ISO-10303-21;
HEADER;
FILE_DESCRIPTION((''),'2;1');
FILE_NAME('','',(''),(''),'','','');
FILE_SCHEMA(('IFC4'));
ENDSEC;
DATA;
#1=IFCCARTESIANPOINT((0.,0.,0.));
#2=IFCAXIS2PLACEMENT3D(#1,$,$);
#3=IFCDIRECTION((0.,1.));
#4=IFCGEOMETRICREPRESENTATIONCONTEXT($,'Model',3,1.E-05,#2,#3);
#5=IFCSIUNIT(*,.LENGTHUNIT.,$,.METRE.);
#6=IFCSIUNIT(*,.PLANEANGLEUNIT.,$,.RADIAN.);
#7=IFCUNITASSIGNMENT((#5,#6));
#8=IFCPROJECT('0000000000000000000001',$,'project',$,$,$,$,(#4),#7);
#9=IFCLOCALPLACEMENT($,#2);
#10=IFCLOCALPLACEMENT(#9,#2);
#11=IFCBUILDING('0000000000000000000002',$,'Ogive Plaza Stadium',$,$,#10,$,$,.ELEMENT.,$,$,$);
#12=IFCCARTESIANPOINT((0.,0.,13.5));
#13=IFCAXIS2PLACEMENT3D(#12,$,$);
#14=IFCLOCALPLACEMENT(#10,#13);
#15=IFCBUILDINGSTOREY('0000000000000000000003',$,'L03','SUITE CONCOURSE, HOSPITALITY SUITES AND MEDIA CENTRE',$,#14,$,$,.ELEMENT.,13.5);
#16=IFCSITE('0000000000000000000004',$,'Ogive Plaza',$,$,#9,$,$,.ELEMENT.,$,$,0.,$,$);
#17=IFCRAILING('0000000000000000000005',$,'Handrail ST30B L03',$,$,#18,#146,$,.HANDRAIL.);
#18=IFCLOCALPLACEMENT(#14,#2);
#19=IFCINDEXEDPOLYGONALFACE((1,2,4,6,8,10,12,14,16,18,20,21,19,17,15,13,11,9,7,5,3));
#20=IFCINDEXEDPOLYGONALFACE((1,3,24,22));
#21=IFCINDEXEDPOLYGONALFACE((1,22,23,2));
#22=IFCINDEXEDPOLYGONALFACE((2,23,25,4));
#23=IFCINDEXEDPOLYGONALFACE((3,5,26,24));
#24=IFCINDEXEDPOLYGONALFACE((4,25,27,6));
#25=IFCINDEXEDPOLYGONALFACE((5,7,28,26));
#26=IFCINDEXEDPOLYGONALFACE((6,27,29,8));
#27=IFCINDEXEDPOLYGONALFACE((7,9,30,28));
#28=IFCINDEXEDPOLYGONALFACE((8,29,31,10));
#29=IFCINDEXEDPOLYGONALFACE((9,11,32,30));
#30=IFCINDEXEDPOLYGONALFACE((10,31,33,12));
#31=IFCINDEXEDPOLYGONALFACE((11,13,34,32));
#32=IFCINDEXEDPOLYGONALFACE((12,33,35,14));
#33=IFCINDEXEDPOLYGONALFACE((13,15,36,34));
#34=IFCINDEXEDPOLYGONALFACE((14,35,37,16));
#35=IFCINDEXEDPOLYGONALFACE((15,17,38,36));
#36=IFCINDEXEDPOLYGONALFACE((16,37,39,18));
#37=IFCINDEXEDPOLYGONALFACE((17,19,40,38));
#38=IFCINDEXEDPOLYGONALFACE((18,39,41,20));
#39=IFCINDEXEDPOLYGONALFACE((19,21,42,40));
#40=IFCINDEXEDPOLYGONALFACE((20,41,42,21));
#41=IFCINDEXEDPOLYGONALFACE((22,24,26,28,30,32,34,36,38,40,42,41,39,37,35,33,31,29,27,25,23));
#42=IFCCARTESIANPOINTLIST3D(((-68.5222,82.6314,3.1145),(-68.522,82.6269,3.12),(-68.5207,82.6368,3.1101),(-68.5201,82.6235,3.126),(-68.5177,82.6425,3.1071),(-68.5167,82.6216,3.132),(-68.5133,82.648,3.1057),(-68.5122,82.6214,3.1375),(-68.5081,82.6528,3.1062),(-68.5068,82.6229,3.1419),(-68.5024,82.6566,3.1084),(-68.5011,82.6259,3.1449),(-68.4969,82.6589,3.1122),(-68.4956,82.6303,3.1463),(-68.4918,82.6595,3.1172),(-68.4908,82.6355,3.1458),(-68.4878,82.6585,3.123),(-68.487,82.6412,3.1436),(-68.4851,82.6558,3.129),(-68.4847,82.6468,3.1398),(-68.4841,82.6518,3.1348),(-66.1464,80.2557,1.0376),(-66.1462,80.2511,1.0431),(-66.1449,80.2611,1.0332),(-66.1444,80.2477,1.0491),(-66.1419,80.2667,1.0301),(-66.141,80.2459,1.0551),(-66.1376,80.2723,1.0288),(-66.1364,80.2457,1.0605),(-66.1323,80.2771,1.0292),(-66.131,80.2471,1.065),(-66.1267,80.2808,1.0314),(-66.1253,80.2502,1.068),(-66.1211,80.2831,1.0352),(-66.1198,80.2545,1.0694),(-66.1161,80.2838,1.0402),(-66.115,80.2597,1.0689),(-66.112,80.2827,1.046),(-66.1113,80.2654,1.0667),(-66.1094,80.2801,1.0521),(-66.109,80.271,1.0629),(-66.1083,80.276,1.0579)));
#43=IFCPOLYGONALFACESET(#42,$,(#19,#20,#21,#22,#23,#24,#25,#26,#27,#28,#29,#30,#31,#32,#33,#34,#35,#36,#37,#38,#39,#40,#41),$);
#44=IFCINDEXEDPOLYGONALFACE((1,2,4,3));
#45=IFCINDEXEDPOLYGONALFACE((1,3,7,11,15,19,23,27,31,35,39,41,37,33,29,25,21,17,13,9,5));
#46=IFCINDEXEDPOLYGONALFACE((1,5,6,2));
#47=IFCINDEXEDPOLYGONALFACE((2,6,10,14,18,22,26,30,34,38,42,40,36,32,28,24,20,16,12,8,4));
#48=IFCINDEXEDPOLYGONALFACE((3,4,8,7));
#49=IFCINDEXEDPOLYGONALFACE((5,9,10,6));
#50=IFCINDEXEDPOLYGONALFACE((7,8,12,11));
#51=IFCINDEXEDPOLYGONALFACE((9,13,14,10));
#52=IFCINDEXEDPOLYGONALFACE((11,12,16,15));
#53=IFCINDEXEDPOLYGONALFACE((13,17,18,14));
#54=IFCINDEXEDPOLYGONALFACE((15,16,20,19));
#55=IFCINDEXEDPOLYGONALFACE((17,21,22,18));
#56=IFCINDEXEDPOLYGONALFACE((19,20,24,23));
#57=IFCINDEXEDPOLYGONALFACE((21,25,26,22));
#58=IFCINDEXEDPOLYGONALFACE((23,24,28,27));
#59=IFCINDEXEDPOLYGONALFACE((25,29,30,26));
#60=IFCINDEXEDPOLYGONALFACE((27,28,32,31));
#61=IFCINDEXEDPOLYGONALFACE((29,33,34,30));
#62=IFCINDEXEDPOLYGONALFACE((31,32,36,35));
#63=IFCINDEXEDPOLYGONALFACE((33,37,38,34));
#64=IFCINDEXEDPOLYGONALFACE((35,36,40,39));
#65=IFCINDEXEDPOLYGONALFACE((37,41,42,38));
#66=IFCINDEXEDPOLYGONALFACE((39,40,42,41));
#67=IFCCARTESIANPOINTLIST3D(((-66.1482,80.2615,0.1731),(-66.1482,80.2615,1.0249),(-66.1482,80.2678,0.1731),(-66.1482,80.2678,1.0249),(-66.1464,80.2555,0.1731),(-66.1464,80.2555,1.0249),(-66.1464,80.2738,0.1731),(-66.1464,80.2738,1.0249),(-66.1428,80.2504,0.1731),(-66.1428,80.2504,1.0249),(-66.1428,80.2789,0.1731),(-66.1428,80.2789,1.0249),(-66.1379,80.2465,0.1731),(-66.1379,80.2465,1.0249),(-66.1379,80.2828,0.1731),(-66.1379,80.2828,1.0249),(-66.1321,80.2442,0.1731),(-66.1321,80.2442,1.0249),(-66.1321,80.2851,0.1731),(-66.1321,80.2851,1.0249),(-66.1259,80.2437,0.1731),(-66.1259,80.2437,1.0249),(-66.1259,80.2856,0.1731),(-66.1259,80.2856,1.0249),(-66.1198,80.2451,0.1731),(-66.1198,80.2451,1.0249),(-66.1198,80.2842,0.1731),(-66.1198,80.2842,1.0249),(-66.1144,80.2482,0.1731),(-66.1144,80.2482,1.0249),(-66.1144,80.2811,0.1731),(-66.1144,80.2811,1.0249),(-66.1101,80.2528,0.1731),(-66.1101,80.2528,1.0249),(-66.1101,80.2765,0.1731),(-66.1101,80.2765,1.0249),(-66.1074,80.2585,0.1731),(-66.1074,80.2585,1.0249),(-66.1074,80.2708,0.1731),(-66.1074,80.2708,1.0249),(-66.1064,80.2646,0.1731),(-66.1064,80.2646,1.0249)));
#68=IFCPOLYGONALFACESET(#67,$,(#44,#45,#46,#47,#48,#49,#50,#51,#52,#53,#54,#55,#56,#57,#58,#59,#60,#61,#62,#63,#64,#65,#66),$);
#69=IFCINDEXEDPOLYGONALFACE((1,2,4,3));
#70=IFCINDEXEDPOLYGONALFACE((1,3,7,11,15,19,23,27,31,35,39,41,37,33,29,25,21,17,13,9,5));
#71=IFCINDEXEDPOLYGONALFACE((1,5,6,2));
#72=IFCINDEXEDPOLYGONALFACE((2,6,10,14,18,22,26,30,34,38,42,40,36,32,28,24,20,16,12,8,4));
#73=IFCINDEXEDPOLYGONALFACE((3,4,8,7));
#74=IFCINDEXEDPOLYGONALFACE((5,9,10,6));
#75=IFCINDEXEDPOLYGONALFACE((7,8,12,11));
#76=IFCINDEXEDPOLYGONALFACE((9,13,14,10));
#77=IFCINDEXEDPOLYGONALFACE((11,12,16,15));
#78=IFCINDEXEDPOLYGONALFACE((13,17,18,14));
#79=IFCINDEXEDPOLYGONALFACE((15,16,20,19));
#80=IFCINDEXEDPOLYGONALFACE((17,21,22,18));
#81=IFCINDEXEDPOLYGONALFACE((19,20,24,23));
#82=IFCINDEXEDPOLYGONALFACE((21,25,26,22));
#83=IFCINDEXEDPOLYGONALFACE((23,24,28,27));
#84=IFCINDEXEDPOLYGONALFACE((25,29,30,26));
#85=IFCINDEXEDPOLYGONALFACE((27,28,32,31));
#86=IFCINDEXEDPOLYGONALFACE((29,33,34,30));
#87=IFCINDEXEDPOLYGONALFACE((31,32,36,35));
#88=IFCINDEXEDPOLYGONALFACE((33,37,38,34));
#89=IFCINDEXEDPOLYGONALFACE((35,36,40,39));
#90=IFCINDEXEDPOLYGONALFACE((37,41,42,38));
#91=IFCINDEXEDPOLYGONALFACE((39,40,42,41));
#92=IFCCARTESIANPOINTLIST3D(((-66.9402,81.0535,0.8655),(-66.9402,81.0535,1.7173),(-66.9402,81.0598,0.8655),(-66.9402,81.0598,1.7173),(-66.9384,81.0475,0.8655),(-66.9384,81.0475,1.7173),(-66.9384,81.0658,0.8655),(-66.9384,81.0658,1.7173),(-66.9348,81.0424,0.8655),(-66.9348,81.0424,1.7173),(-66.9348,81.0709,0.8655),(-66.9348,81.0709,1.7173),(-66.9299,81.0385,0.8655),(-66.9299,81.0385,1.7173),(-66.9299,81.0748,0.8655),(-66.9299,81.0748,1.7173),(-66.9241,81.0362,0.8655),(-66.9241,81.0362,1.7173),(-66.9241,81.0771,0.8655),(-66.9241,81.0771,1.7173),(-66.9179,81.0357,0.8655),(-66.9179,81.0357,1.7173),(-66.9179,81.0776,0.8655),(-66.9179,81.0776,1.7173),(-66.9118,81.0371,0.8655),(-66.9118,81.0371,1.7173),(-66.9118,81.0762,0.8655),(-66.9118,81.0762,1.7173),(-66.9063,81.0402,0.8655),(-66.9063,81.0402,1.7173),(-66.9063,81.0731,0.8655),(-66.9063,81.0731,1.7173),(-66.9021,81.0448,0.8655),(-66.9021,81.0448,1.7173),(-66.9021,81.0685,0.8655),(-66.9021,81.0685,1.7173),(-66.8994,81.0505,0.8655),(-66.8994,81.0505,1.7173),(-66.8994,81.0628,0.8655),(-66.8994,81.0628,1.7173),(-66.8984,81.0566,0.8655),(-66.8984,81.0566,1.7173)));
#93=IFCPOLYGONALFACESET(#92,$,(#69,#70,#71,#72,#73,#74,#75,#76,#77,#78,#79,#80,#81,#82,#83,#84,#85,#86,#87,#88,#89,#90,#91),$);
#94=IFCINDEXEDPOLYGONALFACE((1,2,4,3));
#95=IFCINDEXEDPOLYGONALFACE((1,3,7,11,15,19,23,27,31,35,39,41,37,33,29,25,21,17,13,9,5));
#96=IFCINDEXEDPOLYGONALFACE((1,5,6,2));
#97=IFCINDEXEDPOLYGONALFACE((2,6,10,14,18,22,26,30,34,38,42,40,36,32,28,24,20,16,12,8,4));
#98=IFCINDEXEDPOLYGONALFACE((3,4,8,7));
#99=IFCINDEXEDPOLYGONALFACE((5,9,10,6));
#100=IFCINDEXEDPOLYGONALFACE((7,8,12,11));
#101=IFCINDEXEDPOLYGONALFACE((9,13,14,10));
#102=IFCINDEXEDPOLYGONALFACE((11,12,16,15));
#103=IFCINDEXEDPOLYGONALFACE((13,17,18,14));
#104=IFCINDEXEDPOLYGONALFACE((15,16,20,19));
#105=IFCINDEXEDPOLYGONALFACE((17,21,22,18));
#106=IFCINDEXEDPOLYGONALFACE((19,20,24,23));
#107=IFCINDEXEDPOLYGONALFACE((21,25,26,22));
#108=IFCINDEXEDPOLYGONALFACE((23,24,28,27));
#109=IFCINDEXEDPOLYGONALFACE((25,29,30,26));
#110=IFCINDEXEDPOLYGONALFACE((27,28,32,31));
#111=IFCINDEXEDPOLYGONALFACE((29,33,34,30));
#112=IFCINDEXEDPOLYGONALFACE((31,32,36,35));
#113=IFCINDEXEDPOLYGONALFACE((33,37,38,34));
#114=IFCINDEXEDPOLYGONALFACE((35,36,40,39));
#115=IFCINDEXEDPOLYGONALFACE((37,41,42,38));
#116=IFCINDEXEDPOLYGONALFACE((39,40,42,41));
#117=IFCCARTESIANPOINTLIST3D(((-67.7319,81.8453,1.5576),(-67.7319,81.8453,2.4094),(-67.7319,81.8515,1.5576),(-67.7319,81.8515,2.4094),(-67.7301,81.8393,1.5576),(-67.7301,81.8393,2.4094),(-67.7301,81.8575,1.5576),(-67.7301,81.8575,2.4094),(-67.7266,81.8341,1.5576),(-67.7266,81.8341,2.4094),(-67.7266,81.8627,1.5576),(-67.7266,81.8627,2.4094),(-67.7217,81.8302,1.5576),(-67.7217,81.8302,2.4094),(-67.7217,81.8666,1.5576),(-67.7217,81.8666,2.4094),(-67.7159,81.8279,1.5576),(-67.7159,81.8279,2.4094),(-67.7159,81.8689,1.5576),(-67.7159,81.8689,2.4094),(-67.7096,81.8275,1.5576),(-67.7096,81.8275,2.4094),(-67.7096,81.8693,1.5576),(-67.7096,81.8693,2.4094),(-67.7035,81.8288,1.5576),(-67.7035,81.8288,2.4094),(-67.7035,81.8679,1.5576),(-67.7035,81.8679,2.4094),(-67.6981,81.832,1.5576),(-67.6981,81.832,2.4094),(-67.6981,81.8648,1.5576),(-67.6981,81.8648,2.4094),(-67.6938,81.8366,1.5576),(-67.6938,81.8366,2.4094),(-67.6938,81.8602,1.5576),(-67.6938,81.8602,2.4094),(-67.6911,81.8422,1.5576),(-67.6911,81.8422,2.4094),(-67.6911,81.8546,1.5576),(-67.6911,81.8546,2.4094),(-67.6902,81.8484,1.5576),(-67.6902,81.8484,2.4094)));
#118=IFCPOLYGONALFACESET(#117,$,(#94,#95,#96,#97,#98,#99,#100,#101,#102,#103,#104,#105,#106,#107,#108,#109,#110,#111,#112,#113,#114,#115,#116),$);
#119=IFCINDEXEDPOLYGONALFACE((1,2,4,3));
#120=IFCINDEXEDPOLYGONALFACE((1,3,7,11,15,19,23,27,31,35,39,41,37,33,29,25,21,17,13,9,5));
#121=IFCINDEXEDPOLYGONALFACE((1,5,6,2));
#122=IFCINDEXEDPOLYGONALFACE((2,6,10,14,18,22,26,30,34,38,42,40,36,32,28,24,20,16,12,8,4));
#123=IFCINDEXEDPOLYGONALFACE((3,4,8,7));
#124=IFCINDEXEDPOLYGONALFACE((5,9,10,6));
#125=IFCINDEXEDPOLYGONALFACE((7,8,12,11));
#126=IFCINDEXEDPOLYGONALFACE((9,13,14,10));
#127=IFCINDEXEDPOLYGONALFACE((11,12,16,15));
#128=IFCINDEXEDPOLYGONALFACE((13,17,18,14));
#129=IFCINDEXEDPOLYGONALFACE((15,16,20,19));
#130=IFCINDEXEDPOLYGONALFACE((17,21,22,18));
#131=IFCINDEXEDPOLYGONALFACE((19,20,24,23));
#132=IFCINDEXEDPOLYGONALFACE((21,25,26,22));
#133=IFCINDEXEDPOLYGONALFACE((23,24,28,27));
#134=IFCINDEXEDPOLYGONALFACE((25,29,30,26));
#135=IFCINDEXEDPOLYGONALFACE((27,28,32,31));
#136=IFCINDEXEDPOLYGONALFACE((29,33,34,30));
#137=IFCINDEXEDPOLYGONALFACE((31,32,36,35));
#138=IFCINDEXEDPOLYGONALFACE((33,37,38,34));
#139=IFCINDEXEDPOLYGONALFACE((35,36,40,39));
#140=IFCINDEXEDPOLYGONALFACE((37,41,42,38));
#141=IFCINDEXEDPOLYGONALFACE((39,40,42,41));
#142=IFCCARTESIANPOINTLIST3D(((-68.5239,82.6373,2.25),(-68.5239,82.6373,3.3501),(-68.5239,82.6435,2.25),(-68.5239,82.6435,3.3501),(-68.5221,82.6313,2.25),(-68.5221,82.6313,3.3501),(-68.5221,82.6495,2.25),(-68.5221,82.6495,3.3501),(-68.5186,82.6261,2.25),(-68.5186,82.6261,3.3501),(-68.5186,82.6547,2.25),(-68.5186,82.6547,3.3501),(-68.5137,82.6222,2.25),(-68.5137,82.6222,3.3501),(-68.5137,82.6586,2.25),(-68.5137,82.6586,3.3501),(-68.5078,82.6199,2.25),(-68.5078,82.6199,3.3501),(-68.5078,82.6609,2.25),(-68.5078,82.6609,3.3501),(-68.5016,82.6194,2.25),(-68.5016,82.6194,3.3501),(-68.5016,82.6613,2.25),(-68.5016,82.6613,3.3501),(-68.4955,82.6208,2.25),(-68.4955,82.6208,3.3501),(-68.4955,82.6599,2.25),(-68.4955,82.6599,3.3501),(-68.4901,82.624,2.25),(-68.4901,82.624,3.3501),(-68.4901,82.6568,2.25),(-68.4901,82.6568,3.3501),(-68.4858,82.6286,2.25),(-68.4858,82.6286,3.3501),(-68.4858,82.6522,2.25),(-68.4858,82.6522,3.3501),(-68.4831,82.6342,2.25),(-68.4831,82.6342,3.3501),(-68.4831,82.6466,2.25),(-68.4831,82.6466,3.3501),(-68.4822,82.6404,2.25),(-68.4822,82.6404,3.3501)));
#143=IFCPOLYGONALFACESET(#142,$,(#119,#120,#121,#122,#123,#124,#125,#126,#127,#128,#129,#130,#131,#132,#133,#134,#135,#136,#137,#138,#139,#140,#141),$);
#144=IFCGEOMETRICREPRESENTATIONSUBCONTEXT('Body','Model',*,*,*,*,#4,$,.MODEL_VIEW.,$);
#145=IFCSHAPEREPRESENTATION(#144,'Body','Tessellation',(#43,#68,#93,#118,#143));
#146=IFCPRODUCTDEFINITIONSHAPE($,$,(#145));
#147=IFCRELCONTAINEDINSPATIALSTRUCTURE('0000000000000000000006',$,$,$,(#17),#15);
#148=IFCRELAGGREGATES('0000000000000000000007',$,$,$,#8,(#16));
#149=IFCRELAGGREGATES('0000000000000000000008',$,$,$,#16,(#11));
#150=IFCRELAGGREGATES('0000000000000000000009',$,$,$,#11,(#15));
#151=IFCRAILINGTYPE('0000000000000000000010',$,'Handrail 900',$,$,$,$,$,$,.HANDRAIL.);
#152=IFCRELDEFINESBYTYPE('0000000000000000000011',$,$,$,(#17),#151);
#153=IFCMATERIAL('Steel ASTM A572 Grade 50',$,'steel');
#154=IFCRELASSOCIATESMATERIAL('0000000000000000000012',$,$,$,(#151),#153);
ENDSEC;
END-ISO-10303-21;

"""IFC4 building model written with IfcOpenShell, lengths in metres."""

from ifc_helpers import new_model, si_unit, direction, frame, origin, origin_2d, place, context, subcontext, project, spatial, circle, extrude, material, type_object, element, save


model = new_model("IFC4")

# Units and contexts
model_context = context("Model", 3, precision=1e-05, world=origin(), true_north=direction((0.0, 1.0)))
body_context = subcontext(model_context, "Body", "Model", "MODEL_VIEW")
ifc_project = project(units=[si_unit("LENGTHUNIT", "METRE"), si_unit("PLANEANGLEUNIT", "RADIAN")], contexts=[model_context])

# Site, building, storey
site_placement = place(None, origin())
site = spatial("IfcSite", under=ifc_project, at=site_placement, Name="Ogive Plaza", CompositionType="ELEMENT", RefElevation=0.0)
building_placement = place(site_placement, origin())
building = spatial("IfcBuilding", under=site, at=building_placement, Name="Ogive Plaza Stadium", CompositionType="ELEMENT")
storey_placement = place(building_placement, frame((0.0, 0.0, 13.5)))
storey = spatial("IfcBuildingStorey", under=building, at=storey_placement, Name="L03", Description="SUITE CONCOURSE, HOSPITALITY SUITES AND MEDIA CENTRE", CompositionType="ELEMENT", Elevation=13.5)

# Railing
ifc_material_1 = material(Name="Steel ASTM A572 Grade 50", Category="steel")
railing_type_1 = type_object("IfcRailingType", Name="Handrail 900", PredefinedType="HANDRAIL", material=ifc_material_1)
railing_1_placement = place(storey_placement, frame((-66.1274, 80.2646, 0.1731)))
element("IfcRailing", 1, at=railing_1_placement, inside=storey, type_object=railing_type_1, Name="Handrail ST30B L03", PredefinedType="HANDRAIL", context=body_context, shape_type="SweptSolid", body=[
    extrude(circle(Radius=0.0239, at=origin_2d()), frame((0.0, 0.0, 0.876), z_axis=(-0.601466, 0.601466, 0.525811), x_axis=(-0.707107, -0.707107, 0.0)), (0.0, 0.0, 1.0), 3.95),
    extrude(circle(Radius=0.021, at=origin_2d()), origin(), (0.0, 0.0, 1.0), 0.8518),
    extrude(circle(Radius=0.021, at=origin_2d()), frame((-0.792, 0.792, 0.6924)), (0.0, 0.0, 1.0), 0.8518),
    extrude(circle(Radius=0.021, at=origin_2d()), frame((-1.5837, 1.5837, 1.3845)), (0.0, 0.0, 1.0), 0.8518),
    extrude(circle(Radius=0.021, at=origin_2d()), frame((-2.3757, 2.3757, 2.0769)), (0.0, 0.0, 1.0), 1.1001),
])

save(model, "model.ifc")
